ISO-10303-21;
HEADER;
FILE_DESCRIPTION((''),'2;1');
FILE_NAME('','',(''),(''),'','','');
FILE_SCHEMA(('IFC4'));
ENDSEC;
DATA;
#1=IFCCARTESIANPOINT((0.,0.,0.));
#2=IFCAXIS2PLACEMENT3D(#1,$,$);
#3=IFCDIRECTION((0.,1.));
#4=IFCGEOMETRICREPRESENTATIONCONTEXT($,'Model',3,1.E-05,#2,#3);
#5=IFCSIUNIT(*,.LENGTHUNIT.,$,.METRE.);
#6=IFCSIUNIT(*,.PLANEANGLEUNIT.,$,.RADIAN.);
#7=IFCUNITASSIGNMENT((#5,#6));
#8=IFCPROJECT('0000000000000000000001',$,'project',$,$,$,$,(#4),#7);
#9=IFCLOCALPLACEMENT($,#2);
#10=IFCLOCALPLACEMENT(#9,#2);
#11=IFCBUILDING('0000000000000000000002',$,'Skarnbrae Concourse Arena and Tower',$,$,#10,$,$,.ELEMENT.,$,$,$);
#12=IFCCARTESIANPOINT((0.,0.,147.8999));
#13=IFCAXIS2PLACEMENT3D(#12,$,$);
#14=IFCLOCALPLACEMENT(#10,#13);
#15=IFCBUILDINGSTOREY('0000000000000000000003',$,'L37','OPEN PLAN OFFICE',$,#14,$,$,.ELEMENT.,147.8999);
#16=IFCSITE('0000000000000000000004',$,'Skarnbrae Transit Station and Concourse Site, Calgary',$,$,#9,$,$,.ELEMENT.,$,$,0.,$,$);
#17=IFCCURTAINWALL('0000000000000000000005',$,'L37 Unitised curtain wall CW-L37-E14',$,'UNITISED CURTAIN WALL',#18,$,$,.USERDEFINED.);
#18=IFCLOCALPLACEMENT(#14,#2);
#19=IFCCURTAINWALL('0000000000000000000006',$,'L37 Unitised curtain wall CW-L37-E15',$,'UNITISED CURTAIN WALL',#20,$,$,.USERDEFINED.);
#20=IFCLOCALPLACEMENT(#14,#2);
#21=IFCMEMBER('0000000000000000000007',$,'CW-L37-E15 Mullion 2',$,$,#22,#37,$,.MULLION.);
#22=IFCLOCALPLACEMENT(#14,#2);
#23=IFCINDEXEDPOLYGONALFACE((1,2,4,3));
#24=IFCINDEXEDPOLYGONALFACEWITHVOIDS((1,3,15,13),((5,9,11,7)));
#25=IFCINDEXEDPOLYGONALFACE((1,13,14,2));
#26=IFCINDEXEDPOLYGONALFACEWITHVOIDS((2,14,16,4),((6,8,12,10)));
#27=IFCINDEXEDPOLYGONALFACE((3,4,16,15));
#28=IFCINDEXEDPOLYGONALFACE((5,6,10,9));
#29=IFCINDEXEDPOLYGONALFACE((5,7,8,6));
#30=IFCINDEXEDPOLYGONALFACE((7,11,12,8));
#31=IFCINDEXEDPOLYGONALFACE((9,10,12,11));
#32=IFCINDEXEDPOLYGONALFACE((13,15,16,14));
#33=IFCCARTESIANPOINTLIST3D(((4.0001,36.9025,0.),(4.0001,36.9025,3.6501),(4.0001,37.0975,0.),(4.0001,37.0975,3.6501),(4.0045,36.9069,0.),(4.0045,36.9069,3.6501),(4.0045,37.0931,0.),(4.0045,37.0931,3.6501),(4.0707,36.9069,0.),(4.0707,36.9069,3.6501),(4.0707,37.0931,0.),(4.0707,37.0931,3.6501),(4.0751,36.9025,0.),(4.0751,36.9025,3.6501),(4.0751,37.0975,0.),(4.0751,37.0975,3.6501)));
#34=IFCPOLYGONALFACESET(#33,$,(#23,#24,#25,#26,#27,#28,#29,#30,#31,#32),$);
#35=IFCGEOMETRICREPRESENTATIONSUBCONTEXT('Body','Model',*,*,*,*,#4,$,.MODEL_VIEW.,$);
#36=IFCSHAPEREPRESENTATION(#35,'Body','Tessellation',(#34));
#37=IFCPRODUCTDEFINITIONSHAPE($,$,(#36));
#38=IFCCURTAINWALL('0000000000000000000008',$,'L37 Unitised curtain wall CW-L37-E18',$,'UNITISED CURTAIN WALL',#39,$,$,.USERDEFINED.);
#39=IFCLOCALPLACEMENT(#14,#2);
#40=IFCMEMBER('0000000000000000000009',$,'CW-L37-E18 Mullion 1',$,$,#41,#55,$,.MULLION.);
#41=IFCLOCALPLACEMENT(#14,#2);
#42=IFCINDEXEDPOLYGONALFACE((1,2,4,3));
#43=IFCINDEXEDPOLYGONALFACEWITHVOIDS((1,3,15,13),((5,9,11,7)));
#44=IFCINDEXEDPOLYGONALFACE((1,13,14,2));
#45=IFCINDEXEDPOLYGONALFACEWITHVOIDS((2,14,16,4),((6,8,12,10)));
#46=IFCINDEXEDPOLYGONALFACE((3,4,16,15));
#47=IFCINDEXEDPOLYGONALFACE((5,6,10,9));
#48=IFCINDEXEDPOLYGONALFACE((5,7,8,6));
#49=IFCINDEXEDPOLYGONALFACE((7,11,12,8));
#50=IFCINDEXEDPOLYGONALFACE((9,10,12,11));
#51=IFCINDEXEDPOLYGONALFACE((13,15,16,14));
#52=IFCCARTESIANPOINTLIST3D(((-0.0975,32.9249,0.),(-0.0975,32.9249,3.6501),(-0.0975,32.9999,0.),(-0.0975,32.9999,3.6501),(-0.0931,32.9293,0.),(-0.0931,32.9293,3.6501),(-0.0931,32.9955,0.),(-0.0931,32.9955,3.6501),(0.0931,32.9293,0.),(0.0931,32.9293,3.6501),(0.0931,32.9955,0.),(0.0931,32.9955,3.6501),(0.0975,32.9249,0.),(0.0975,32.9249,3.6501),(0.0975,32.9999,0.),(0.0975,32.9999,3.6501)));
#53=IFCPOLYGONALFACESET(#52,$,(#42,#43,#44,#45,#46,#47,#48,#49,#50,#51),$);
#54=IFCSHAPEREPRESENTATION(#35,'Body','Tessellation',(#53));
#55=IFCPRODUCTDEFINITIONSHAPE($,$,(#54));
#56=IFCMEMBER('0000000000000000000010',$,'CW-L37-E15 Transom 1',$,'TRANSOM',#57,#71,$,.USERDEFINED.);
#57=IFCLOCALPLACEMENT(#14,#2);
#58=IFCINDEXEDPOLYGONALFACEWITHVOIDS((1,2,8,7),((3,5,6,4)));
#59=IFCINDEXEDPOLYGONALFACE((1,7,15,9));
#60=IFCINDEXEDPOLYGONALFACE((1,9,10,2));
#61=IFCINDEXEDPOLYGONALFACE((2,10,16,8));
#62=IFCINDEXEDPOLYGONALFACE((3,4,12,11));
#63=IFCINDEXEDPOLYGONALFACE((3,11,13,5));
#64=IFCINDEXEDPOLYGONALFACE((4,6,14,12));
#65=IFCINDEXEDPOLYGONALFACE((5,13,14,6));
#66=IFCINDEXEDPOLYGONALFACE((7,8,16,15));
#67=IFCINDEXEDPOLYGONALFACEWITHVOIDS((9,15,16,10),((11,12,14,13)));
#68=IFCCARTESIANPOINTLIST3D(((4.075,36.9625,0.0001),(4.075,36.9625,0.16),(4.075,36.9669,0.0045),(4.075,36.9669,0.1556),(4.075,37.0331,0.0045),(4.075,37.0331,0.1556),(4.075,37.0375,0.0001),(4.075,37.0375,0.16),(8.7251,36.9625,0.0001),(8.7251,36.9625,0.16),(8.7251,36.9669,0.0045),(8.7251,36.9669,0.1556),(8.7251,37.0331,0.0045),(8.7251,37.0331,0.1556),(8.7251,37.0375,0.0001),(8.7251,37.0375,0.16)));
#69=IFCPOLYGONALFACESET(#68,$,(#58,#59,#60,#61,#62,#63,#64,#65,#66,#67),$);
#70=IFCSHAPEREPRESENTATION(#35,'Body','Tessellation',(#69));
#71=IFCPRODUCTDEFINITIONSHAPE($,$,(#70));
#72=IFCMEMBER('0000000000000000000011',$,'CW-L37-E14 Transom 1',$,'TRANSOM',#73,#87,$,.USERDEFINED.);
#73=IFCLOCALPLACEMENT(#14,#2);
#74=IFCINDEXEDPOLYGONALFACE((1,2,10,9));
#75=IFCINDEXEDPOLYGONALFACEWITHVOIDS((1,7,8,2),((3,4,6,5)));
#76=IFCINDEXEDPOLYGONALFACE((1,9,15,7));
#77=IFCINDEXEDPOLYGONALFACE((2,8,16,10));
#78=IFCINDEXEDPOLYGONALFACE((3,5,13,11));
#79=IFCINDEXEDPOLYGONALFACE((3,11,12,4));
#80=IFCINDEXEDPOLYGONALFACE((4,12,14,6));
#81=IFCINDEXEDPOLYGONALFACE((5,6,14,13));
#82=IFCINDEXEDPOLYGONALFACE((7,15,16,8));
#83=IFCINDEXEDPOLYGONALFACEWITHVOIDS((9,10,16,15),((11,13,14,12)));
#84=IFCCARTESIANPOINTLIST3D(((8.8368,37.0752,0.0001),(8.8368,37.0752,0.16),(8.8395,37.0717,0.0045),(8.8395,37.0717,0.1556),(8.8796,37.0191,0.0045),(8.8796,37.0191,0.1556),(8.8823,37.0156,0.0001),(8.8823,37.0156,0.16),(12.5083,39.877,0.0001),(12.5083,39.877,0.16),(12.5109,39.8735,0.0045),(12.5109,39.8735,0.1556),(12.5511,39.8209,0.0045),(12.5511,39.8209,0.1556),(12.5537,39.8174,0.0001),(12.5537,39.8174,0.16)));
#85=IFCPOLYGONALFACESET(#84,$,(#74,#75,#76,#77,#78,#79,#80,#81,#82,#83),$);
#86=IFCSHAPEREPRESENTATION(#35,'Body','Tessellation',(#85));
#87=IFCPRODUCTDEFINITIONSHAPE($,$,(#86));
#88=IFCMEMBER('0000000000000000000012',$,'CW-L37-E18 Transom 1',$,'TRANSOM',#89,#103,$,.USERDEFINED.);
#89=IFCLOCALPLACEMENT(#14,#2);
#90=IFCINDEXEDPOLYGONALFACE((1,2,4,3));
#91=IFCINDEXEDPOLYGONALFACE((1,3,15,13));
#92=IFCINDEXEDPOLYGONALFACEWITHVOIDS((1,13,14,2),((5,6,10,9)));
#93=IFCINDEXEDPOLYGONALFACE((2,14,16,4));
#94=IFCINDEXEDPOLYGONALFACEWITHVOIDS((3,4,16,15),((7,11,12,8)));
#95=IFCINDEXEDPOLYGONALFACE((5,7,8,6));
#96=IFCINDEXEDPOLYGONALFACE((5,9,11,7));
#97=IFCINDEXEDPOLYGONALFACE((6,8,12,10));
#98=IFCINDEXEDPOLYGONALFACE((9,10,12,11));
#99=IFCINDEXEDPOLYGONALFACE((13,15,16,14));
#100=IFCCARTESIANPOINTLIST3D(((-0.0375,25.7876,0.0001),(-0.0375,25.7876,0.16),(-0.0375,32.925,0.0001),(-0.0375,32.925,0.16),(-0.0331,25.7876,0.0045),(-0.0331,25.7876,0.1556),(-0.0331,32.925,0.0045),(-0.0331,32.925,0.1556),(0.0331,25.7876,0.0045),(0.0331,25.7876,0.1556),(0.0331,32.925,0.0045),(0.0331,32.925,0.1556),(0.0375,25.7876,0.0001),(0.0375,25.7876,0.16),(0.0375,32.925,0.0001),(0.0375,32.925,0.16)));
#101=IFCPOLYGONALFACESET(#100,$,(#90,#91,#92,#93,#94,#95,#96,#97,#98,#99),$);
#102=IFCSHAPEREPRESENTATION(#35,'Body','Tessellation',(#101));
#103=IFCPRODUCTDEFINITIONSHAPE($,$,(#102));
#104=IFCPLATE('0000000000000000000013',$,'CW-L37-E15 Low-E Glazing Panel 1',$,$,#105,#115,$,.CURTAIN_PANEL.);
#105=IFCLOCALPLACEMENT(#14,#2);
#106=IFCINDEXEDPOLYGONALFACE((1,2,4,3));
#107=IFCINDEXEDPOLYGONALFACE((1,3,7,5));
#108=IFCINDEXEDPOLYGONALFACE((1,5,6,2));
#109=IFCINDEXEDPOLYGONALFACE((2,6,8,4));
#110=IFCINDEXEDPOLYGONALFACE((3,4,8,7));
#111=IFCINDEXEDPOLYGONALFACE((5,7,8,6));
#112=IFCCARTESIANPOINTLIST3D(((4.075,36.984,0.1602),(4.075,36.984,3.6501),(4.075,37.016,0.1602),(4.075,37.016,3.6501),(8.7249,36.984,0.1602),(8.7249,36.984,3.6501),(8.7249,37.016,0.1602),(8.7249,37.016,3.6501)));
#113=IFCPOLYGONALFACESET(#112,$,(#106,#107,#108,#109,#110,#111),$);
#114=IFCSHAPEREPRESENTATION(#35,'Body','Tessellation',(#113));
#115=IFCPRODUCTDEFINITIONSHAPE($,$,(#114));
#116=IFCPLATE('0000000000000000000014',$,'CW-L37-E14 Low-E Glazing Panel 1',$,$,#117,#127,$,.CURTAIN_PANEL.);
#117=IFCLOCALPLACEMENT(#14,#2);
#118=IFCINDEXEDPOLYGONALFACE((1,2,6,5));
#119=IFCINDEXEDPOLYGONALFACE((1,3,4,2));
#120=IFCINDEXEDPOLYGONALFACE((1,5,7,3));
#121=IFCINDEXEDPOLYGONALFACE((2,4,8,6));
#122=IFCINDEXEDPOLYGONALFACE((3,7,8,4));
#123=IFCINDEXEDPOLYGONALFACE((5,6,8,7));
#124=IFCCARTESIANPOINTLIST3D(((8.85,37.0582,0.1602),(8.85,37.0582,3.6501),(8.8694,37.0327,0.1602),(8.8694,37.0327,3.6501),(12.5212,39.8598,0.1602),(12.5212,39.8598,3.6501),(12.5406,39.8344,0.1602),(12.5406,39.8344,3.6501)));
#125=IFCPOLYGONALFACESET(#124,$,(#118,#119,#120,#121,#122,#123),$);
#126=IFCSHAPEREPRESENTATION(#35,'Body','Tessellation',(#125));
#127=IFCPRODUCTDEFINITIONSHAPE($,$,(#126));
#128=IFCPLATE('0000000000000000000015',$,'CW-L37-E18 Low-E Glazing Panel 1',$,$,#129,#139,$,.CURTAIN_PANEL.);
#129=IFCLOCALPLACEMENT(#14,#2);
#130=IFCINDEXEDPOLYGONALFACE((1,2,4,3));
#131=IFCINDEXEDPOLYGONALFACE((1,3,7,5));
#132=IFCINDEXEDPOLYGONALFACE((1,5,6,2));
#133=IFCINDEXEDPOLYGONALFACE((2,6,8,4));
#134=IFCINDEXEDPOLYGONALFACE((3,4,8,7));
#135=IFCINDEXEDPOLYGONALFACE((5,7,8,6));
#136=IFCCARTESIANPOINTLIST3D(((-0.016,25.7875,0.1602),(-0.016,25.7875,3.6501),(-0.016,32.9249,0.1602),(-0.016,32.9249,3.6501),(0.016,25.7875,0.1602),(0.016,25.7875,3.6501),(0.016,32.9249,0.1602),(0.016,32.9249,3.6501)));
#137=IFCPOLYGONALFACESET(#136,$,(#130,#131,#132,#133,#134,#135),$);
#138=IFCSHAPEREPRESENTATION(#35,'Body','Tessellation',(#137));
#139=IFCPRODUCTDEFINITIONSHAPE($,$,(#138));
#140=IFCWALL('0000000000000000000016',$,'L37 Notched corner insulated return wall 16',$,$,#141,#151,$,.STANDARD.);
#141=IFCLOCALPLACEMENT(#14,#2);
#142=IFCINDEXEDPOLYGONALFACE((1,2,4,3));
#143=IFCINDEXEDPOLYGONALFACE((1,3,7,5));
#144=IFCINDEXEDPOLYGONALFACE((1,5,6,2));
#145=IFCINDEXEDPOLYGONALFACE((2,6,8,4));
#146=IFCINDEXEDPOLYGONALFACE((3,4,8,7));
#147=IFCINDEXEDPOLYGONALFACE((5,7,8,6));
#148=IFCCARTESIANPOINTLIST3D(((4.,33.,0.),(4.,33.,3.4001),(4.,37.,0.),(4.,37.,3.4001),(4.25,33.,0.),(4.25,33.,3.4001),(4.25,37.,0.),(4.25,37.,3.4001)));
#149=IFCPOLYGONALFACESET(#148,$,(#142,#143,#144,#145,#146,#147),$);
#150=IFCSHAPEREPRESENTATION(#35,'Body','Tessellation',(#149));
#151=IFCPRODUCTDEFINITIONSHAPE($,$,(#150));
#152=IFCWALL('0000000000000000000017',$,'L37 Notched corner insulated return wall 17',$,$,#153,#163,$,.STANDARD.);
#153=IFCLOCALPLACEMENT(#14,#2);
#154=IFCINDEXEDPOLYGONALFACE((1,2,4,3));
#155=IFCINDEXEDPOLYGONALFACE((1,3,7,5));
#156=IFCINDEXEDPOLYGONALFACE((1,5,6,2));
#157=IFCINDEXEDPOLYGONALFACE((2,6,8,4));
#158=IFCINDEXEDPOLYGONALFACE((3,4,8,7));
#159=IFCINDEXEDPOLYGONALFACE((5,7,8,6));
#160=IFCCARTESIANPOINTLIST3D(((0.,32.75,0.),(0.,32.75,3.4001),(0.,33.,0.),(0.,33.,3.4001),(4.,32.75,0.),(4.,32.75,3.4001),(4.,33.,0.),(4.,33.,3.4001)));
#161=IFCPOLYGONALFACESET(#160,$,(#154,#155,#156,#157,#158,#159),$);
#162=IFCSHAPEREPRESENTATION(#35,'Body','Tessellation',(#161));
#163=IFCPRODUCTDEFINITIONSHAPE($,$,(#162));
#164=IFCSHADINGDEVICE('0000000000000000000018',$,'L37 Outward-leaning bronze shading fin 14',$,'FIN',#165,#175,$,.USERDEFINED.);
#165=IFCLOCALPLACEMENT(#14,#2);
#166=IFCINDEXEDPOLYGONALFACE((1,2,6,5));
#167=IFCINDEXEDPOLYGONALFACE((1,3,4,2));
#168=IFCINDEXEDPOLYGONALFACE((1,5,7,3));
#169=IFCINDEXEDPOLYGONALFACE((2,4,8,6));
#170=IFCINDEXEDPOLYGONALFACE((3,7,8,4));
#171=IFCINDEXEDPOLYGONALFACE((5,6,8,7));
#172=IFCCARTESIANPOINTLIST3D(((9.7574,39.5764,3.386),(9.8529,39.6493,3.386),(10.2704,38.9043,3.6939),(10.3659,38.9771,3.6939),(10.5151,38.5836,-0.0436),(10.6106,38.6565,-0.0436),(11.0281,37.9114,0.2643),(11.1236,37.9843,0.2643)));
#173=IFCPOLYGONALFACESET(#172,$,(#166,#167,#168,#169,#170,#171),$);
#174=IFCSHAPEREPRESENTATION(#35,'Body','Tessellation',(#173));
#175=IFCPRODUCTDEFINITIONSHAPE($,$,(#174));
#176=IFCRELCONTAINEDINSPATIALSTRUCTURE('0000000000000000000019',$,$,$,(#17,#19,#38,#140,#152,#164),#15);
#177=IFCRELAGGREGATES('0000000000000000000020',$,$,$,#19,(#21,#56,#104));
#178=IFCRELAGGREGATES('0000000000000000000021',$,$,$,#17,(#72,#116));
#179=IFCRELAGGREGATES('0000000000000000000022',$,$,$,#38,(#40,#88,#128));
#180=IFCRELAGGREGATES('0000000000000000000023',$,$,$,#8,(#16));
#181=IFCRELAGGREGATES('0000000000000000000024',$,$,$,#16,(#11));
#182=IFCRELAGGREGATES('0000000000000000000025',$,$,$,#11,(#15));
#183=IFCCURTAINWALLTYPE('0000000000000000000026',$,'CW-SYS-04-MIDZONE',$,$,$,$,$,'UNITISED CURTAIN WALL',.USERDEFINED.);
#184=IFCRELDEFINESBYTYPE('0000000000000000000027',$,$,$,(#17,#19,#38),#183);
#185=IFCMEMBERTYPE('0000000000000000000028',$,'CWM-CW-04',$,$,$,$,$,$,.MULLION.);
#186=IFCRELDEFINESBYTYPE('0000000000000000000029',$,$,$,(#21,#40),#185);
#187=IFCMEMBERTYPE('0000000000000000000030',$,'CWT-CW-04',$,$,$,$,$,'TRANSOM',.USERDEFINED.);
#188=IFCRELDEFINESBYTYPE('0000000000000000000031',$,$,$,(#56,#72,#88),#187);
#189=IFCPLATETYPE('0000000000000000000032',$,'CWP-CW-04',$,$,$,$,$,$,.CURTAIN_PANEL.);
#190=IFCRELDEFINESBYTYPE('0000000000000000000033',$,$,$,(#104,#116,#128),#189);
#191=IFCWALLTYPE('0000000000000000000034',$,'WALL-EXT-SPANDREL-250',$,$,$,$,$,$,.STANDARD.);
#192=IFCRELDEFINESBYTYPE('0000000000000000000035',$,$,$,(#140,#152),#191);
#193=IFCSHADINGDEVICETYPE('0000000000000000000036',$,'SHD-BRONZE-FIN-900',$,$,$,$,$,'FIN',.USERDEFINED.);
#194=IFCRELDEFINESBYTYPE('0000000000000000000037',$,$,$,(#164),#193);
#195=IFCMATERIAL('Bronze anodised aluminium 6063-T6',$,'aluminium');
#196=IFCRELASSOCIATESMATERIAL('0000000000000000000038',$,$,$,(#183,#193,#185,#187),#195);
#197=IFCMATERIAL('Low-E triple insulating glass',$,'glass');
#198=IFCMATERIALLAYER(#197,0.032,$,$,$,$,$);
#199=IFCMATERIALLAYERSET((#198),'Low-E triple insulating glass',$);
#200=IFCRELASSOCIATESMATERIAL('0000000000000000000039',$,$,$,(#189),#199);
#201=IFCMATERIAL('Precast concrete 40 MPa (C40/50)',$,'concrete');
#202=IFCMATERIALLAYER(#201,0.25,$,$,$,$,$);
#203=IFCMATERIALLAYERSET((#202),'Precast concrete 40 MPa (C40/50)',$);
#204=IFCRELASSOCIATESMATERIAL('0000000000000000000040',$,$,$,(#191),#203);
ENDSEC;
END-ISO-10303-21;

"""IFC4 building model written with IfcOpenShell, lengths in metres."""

from ifc_helpers import new_model, si_unit, direction, frame, frame_2d, origin, origin_2d, place, context, subcontext, project, spatial, rectangle, hollow_rectangle, extrude, source, transform, mapped, material, layer, layer_set, material_profile, profile_set, type_object, element, aggregate, save


model = new_model("IFC4")

# Units and contexts
model_context = context("Model", 3, precision=1e-05, world=origin(), true_north=direction((0.0, 1.0)))
body_context = subcontext(model_context, "Body", "Model", "MODEL_VIEW")
ifc_project = project(units=[si_unit("LENGTHUNIT", "METRE"), si_unit("PLANEANGLEUNIT", "RADIAN")], contexts=[model_context])

# Site, building, storey
site_placement = place(None, origin())
site = spatial("IfcSite", under=ifc_project, at=site_placement, Name="Skarnbrae Transit Station and Concourse Site, Calgary", CompositionType="ELEMENT", RefElevation=0.0)
building_placement = place(site_placement, origin())
building = spatial("IfcBuilding", under=site, at=building_placement, Name="Skarnbrae Concourse Arena and Tower", CompositionType="ELEMENT")
storey_placement = place(building_placement, frame((0.0, 0.0, 147.8999)))
storey = spatial("IfcBuildingStorey", under=building, at=storey_placement, Name="L37", Description="OPEN PLAN OFFICE", CompositionType="ELEMENT", Elevation=147.8999)

# Shared definitions
ifc_material_1 = material(Name="Bronze anodised aluminium 6063-T6", Category="aluminium")
curtain_wall_type = type_object("IfcCurtainWallType", Name="CW-SYS-04-MIDZONE", ElementType="UNITISED CURTAIN WALL", PredefinedType="USERDEFINED", material=ifc_material_1)
ifc_material_profile_1 = material_profile(ifc_material_1, hollow_rectangle(XDim=0.075, YDim=0.1951, WallThickness=0.0044, at=origin_2d()), Name="ALU-MULL-75X195")
ifc_profile_set_1 = profile_set([ifc_material_profile_1], Name="Bronze anodised aluminium 6063-T6")
member_type_1 = type_object("IfcMemberType", Name="CWM-CW-04", PredefinedType="MULLION", material=ifc_profile_set_1)
shared_shape_1 = source(origin(), body_context, "Body", "SweptSolid", [
    extrude(hollow_rectangle(XDim=0.075, YDim=0.1951, WallThickness=0.0044, at=origin_2d()), origin(), (0.0, 0.0, 1.0), 3.6501),
])

# Curtain walls, member
curtain_wall_1_placement = place(storey_placement, origin())
curtain_wall_1 = element("IfcCurtainWall", 1, at=curtain_wall_1_placement, inside=storey, type_object=curtain_wall_type, Name="L37 Unitised curtain wall CW-L37-E14", ObjectType="UNITISED CURTAIN WALL", PredefinedType="USERDEFINED")
curtain_wall_2_placement = place(storey_placement, origin())
curtain_wall_2 = element("IfcCurtainWall", 2, at=curtain_wall_2_placement, inside=storey, type_object=curtain_wall_type, Name="L37 Unitised curtain wall CW-L37-E15", ObjectType="UNITISED CURTAIN WALL", PredefinedType="USERDEFINED")
member_1_placement = place(storey_placement, frame((4.0376, 37.0, 0.0), z_axis=(0.0, 0.0, 1.0), x_axis=(-1.0, 0.0, 0.0)))
member_1 = element("IfcMember", 3, at=member_1_placement, type_object=member_type_1, Name="CW-L37-E15 Mullion 2", PredefinedType="MULLION", context=body_context, shape_type="MappedRepresentation", body=[
    mapped(shared_shape_1, transform((0.0, 0.0, 0.0))),
])

# Curtain wall, member
curtain_wall_3_placement = place(storey_placement, origin())
curtain_wall_3 = element("IfcCurtainWall", 4, at=curtain_wall_3_placement, inside=storey, type_object=curtain_wall_type, Name="L37 Unitised curtain wall CW-L37-E18", ObjectType="UNITISED CURTAIN WALL", PredefinedType="USERDEFINED")
member_2_placement = place(storey_placement, frame((0.0, 32.9624, 0.0), z_axis=(0.0, 0.0, 1.0), x_axis=(0.0, -1.0, 0.0)))
member_2 = element("IfcMember", 5, at=member_2_placement, type_object=member_type_1, Name="CW-L37-E18 Mullion 1", PredefinedType="MULLION", context=body_context, shape_type="MappedRepresentation", body=[
    mapped(shared_shape_1, transform((0.0, 0.0, 0.0))),
])

# Members
ifc_material_profile_2 = material_profile(ifc_material_1, hollow_rectangle(XDim=0.075, YDim=0.1599, WallThickness=0.0044, at=origin_2d()), Name="ALU-TRAN-75X160")
ifc_profile_set_2 = profile_set([ifc_material_profile_2], Name="Bronze anodised aluminium 6063-T6")
member_type_2 = type_object("IfcMemberType", Name="CWT-CW-04", ElementType="TRANSOM", PredefinedType="USERDEFINED", material=ifc_profile_set_2)
shared_shape_2 = source(origin(), body_context, "Body", "SweptSolid", [
    extrude(hollow_rectangle(XDim=0.075, YDim=0.1599, WallThickness=0.0044, at=origin_2d()), origin(), (0.0, 0.0, 1.0), 4.6501),
])
member_3_placement = place(storey_placement, frame((8.7251, 37.0, 0.0801), z_axis=(-1.0, 0.0, 0.0), x_axis=(0.0, -1.0, 0.0)))
member_3 = element("IfcMember", 6, at=member_3_placement, type_object=member_type_2, Name="CW-L37-E15 Transom 1", ObjectType="TRANSOM", PredefinedType="USERDEFINED", context=body_context, shape_type="MappedRepresentation", body=[
    mapped(shared_shape_2, transform((0.0, 0.0, 0.0))),
])
shared_shape_3 = source(origin(), body_context, "Body", "SweptSolid", [
    extrude(hollow_rectangle(XDim=0.075, YDim=0.1599, WallThickness=0.0044, at=origin_2d()), origin(), (0.0, 0.0, 1.0), 4.6184),
])
member_4_placement = place(storey_placement, frame((12.531, 39.8472, 0.0801), z_axis=(-0.794961, -0.606661, 0.0), x_axis=(0.606661, -0.794961, 0.0)))
member_4 = element("IfcMember", 7, at=member_4_placement, type_object=member_type_2, Name="CW-L37-E14 Transom 1", ObjectType="TRANSOM", PredefinedType="USERDEFINED", context=body_context, shape_type="MappedRepresentation", body=[
    mapped(shared_shape_3, transform((0.0, 0.0, 0.0))),
])
shared_shape_4 = source(origin(), body_context, "Body", "SweptSolid", [
    extrude(hollow_rectangle(XDim=0.075, YDim=0.1599, WallThickness=0.0044, at=origin_2d()), origin(), (0.0, 0.0, 1.0), 7.1375),
])
member_5_placement = place(storey_placement, frame((0.0, 32.925, 0.0801), z_axis=(0.0, -1.0, 0.0), x_axis=(1.0, 0.0, 0.0)))
member_5 = element("IfcMember", 8, at=member_5_placement, type_object=member_type_2, Name="CW-L37-E18 Transom 1", ObjectType="TRANSOM", PredefinedType="USERDEFINED", context=body_context, shape_type="MappedRepresentation", body=[
    mapped(shared_shape_4, transform((0.0, 0.0, 0.0))),
])

# Plates
ifc_material_2 = material(Name="Low-E triple insulating glass", Category="glass")
ifc_layer_1 = layer(ifc_material_2, 0.032)
ifc_layer_set_1 = layer_set([ifc_layer_1], Name="Low-E triple insulating glass")
plate_type = type_object("IfcPlateType", Name="CWP-CW-04", PredefinedType="CURTAIN_PANEL", material=ifc_layer_set_1)
shared_shape_5 = source(origin(), body_context, "Body", "SweptSolid", [
    extrude(rectangle(XDim=4.6499, YDim=0.032, at=origin_2d()), origin(), (0.0, 0.0, 1.0), 3.49),
])
plate_1_placement = place(storey_placement, frame((6.3999, 37.0, 0.1602), z_axis=(0.0, 0.0, 1.0), x_axis=(-1.0, 0.0, 0.0)))
plate_1 = element("IfcPlate", 9, at=plate_1_placement, type_object=plate_type, Name="CW-L37-E15 Low-E Glazing Panel 1", PredefinedType="CURTAIN_PANEL", context=body_context, shape_type="MappedRepresentation", body=[
    mapped(shared_shape_5, transform((0.0, 0.0, 0.0))),
])
aggregate(curtain_wall_2, [member_1, member_3, plate_1])
shared_shape_6 = source(origin(), body_context, "Body", "SweptSolid", [
    extrude(rectangle(XDim=4.6182, YDim=0.032, at=origin_2d()), origin(), (0.0, 0.0, 1.0), 3.49),
])
plate_2_placement = place(storey_placement, frame((10.6953, 38.4463, 0.1602), z_axis=(0.0, 0.0, 1.0), x_axis=(-0.794956, -0.606667, 0.0)))
plate_2 = element("IfcPlate", 10, at=plate_2_placement, type_object=plate_type, Name="CW-L37-E14 Low-E Glazing Panel 1", PredefinedType="CURTAIN_PANEL", context=body_context, shape_type="MappedRepresentation", body=[
    mapped(shared_shape_6, transform((0.0, 0.0, 0.0))),
])
aggregate(curtain_wall_1, [member_4, plate_2])
shared_shape_7 = source(origin(), body_context, "Body", "SweptSolid", [
    extrude(rectangle(XDim=7.1375, YDim=0.032, at=origin_2d()), origin(), (0.0, 0.0, 1.0), 3.49),
])
plate_3_placement = place(storey_placement, frame((0.0, 29.3562, 0.1602), z_axis=(0.0, 0.0, 1.0), x_axis=(0.0, -1.0, 0.0)))
plate_3 = element("IfcPlate", 11, at=plate_3_placement, type_object=plate_type, Name="CW-L37-E18 Low-E Glazing Panel 1", PredefinedType="CURTAIN_PANEL", context=body_context, shape_type="MappedRepresentation", body=[
    mapped(shared_shape_7, transform((0.0, 0.0, 0.0))),
])
aggregate(curtain_wall_3, [member_2, member_5, plate_3])

# Walls
ifc_material_3 = material(Name="Precast concrete 40 MPa (C40/50)", Category="concrete")
ifc_layer_2 = layer(ifc_material_3, 0.25)
ifc_layer_set_2 = layer_set([ifc_layer_2], Name="Precast concrete 40 MPa (C40/50)")
wall_type = type_object("IfcWallType", Name="WALL-EXT-SPANDREL-250", PredefinedType="STANDARD", material=ifc_layer_set_2)
shared_shape_8 = source(origin(), body_context, "Body", "SweptSolid", [
    extrude(rectangle(XDim=4.0, YDim=0.25, at=frame_2d((2.0, 0.0))), origin(), (0.0, 0.0, 1.0), 3.4001),
])
for number, where, z_axis, x_axis, name in (
    (12, (4.125, 37.0, 0.0), (0.0, 0.0, 1.0), (0.0, -1.0, 0.0), "L37 Notched corner insulated return wall 16"),
    (13, (4.0, 32.875, 0.0), (0.0, 0.0, 1.0), (-1.0, 0.0, 0.0), "L37 Notched corner insulated return wall 17"),
):
    element("IfcWall", number, at=place(storey_placement, frame(where, z_axis=z_axis, x_axis=x_axis)), inside=storey, type_object=wall_type, Name=name, PredefinedType="STANDARD", context=body_context, shape_type="MappedRepresentation", body=[
        mapped(shared_shape_8, transform((0.0, 0.0, 0.0))),
    ])

# Shading device
shading_device_type = type_object("IfcShadingDeviceType", Name="SHD-BRONZE-FIN-900", ElementType="FIN", PredefinedType="USERDEFINED", material=ifc_material_1)
shared_shape_9 = source(origin(), body_context, "Body", "SweptSolid", [
    extrude(rectangle(XDim=0.1201, YDim=0.8999, at=origin_2d()), origin(), (0.0, 0.0, 1.0), 3.6499),
])
shading_device_placement = place(storey_placement, frame((10.8193, 38.2839, 0.1104), z_axis=(-0.207592, 0.272021, 0.939633), x_axis=(0.794955, 0.606668, 0.0)))
element("IfcShadingDevice", 14, at=shading_device_placement, inside=storey, type_object=shading_device_type, Name="L37 Outward-leaning bronze shading fin 14", ObjectType="FIN", PredefinedType="USERDEFINED", context=body_context, shape_type="MappedRepresentation", body=[
    mapped(shared_shape_9, transform((0.0, 0.0, 0.0))),
])

save(model, "model.ifc")
